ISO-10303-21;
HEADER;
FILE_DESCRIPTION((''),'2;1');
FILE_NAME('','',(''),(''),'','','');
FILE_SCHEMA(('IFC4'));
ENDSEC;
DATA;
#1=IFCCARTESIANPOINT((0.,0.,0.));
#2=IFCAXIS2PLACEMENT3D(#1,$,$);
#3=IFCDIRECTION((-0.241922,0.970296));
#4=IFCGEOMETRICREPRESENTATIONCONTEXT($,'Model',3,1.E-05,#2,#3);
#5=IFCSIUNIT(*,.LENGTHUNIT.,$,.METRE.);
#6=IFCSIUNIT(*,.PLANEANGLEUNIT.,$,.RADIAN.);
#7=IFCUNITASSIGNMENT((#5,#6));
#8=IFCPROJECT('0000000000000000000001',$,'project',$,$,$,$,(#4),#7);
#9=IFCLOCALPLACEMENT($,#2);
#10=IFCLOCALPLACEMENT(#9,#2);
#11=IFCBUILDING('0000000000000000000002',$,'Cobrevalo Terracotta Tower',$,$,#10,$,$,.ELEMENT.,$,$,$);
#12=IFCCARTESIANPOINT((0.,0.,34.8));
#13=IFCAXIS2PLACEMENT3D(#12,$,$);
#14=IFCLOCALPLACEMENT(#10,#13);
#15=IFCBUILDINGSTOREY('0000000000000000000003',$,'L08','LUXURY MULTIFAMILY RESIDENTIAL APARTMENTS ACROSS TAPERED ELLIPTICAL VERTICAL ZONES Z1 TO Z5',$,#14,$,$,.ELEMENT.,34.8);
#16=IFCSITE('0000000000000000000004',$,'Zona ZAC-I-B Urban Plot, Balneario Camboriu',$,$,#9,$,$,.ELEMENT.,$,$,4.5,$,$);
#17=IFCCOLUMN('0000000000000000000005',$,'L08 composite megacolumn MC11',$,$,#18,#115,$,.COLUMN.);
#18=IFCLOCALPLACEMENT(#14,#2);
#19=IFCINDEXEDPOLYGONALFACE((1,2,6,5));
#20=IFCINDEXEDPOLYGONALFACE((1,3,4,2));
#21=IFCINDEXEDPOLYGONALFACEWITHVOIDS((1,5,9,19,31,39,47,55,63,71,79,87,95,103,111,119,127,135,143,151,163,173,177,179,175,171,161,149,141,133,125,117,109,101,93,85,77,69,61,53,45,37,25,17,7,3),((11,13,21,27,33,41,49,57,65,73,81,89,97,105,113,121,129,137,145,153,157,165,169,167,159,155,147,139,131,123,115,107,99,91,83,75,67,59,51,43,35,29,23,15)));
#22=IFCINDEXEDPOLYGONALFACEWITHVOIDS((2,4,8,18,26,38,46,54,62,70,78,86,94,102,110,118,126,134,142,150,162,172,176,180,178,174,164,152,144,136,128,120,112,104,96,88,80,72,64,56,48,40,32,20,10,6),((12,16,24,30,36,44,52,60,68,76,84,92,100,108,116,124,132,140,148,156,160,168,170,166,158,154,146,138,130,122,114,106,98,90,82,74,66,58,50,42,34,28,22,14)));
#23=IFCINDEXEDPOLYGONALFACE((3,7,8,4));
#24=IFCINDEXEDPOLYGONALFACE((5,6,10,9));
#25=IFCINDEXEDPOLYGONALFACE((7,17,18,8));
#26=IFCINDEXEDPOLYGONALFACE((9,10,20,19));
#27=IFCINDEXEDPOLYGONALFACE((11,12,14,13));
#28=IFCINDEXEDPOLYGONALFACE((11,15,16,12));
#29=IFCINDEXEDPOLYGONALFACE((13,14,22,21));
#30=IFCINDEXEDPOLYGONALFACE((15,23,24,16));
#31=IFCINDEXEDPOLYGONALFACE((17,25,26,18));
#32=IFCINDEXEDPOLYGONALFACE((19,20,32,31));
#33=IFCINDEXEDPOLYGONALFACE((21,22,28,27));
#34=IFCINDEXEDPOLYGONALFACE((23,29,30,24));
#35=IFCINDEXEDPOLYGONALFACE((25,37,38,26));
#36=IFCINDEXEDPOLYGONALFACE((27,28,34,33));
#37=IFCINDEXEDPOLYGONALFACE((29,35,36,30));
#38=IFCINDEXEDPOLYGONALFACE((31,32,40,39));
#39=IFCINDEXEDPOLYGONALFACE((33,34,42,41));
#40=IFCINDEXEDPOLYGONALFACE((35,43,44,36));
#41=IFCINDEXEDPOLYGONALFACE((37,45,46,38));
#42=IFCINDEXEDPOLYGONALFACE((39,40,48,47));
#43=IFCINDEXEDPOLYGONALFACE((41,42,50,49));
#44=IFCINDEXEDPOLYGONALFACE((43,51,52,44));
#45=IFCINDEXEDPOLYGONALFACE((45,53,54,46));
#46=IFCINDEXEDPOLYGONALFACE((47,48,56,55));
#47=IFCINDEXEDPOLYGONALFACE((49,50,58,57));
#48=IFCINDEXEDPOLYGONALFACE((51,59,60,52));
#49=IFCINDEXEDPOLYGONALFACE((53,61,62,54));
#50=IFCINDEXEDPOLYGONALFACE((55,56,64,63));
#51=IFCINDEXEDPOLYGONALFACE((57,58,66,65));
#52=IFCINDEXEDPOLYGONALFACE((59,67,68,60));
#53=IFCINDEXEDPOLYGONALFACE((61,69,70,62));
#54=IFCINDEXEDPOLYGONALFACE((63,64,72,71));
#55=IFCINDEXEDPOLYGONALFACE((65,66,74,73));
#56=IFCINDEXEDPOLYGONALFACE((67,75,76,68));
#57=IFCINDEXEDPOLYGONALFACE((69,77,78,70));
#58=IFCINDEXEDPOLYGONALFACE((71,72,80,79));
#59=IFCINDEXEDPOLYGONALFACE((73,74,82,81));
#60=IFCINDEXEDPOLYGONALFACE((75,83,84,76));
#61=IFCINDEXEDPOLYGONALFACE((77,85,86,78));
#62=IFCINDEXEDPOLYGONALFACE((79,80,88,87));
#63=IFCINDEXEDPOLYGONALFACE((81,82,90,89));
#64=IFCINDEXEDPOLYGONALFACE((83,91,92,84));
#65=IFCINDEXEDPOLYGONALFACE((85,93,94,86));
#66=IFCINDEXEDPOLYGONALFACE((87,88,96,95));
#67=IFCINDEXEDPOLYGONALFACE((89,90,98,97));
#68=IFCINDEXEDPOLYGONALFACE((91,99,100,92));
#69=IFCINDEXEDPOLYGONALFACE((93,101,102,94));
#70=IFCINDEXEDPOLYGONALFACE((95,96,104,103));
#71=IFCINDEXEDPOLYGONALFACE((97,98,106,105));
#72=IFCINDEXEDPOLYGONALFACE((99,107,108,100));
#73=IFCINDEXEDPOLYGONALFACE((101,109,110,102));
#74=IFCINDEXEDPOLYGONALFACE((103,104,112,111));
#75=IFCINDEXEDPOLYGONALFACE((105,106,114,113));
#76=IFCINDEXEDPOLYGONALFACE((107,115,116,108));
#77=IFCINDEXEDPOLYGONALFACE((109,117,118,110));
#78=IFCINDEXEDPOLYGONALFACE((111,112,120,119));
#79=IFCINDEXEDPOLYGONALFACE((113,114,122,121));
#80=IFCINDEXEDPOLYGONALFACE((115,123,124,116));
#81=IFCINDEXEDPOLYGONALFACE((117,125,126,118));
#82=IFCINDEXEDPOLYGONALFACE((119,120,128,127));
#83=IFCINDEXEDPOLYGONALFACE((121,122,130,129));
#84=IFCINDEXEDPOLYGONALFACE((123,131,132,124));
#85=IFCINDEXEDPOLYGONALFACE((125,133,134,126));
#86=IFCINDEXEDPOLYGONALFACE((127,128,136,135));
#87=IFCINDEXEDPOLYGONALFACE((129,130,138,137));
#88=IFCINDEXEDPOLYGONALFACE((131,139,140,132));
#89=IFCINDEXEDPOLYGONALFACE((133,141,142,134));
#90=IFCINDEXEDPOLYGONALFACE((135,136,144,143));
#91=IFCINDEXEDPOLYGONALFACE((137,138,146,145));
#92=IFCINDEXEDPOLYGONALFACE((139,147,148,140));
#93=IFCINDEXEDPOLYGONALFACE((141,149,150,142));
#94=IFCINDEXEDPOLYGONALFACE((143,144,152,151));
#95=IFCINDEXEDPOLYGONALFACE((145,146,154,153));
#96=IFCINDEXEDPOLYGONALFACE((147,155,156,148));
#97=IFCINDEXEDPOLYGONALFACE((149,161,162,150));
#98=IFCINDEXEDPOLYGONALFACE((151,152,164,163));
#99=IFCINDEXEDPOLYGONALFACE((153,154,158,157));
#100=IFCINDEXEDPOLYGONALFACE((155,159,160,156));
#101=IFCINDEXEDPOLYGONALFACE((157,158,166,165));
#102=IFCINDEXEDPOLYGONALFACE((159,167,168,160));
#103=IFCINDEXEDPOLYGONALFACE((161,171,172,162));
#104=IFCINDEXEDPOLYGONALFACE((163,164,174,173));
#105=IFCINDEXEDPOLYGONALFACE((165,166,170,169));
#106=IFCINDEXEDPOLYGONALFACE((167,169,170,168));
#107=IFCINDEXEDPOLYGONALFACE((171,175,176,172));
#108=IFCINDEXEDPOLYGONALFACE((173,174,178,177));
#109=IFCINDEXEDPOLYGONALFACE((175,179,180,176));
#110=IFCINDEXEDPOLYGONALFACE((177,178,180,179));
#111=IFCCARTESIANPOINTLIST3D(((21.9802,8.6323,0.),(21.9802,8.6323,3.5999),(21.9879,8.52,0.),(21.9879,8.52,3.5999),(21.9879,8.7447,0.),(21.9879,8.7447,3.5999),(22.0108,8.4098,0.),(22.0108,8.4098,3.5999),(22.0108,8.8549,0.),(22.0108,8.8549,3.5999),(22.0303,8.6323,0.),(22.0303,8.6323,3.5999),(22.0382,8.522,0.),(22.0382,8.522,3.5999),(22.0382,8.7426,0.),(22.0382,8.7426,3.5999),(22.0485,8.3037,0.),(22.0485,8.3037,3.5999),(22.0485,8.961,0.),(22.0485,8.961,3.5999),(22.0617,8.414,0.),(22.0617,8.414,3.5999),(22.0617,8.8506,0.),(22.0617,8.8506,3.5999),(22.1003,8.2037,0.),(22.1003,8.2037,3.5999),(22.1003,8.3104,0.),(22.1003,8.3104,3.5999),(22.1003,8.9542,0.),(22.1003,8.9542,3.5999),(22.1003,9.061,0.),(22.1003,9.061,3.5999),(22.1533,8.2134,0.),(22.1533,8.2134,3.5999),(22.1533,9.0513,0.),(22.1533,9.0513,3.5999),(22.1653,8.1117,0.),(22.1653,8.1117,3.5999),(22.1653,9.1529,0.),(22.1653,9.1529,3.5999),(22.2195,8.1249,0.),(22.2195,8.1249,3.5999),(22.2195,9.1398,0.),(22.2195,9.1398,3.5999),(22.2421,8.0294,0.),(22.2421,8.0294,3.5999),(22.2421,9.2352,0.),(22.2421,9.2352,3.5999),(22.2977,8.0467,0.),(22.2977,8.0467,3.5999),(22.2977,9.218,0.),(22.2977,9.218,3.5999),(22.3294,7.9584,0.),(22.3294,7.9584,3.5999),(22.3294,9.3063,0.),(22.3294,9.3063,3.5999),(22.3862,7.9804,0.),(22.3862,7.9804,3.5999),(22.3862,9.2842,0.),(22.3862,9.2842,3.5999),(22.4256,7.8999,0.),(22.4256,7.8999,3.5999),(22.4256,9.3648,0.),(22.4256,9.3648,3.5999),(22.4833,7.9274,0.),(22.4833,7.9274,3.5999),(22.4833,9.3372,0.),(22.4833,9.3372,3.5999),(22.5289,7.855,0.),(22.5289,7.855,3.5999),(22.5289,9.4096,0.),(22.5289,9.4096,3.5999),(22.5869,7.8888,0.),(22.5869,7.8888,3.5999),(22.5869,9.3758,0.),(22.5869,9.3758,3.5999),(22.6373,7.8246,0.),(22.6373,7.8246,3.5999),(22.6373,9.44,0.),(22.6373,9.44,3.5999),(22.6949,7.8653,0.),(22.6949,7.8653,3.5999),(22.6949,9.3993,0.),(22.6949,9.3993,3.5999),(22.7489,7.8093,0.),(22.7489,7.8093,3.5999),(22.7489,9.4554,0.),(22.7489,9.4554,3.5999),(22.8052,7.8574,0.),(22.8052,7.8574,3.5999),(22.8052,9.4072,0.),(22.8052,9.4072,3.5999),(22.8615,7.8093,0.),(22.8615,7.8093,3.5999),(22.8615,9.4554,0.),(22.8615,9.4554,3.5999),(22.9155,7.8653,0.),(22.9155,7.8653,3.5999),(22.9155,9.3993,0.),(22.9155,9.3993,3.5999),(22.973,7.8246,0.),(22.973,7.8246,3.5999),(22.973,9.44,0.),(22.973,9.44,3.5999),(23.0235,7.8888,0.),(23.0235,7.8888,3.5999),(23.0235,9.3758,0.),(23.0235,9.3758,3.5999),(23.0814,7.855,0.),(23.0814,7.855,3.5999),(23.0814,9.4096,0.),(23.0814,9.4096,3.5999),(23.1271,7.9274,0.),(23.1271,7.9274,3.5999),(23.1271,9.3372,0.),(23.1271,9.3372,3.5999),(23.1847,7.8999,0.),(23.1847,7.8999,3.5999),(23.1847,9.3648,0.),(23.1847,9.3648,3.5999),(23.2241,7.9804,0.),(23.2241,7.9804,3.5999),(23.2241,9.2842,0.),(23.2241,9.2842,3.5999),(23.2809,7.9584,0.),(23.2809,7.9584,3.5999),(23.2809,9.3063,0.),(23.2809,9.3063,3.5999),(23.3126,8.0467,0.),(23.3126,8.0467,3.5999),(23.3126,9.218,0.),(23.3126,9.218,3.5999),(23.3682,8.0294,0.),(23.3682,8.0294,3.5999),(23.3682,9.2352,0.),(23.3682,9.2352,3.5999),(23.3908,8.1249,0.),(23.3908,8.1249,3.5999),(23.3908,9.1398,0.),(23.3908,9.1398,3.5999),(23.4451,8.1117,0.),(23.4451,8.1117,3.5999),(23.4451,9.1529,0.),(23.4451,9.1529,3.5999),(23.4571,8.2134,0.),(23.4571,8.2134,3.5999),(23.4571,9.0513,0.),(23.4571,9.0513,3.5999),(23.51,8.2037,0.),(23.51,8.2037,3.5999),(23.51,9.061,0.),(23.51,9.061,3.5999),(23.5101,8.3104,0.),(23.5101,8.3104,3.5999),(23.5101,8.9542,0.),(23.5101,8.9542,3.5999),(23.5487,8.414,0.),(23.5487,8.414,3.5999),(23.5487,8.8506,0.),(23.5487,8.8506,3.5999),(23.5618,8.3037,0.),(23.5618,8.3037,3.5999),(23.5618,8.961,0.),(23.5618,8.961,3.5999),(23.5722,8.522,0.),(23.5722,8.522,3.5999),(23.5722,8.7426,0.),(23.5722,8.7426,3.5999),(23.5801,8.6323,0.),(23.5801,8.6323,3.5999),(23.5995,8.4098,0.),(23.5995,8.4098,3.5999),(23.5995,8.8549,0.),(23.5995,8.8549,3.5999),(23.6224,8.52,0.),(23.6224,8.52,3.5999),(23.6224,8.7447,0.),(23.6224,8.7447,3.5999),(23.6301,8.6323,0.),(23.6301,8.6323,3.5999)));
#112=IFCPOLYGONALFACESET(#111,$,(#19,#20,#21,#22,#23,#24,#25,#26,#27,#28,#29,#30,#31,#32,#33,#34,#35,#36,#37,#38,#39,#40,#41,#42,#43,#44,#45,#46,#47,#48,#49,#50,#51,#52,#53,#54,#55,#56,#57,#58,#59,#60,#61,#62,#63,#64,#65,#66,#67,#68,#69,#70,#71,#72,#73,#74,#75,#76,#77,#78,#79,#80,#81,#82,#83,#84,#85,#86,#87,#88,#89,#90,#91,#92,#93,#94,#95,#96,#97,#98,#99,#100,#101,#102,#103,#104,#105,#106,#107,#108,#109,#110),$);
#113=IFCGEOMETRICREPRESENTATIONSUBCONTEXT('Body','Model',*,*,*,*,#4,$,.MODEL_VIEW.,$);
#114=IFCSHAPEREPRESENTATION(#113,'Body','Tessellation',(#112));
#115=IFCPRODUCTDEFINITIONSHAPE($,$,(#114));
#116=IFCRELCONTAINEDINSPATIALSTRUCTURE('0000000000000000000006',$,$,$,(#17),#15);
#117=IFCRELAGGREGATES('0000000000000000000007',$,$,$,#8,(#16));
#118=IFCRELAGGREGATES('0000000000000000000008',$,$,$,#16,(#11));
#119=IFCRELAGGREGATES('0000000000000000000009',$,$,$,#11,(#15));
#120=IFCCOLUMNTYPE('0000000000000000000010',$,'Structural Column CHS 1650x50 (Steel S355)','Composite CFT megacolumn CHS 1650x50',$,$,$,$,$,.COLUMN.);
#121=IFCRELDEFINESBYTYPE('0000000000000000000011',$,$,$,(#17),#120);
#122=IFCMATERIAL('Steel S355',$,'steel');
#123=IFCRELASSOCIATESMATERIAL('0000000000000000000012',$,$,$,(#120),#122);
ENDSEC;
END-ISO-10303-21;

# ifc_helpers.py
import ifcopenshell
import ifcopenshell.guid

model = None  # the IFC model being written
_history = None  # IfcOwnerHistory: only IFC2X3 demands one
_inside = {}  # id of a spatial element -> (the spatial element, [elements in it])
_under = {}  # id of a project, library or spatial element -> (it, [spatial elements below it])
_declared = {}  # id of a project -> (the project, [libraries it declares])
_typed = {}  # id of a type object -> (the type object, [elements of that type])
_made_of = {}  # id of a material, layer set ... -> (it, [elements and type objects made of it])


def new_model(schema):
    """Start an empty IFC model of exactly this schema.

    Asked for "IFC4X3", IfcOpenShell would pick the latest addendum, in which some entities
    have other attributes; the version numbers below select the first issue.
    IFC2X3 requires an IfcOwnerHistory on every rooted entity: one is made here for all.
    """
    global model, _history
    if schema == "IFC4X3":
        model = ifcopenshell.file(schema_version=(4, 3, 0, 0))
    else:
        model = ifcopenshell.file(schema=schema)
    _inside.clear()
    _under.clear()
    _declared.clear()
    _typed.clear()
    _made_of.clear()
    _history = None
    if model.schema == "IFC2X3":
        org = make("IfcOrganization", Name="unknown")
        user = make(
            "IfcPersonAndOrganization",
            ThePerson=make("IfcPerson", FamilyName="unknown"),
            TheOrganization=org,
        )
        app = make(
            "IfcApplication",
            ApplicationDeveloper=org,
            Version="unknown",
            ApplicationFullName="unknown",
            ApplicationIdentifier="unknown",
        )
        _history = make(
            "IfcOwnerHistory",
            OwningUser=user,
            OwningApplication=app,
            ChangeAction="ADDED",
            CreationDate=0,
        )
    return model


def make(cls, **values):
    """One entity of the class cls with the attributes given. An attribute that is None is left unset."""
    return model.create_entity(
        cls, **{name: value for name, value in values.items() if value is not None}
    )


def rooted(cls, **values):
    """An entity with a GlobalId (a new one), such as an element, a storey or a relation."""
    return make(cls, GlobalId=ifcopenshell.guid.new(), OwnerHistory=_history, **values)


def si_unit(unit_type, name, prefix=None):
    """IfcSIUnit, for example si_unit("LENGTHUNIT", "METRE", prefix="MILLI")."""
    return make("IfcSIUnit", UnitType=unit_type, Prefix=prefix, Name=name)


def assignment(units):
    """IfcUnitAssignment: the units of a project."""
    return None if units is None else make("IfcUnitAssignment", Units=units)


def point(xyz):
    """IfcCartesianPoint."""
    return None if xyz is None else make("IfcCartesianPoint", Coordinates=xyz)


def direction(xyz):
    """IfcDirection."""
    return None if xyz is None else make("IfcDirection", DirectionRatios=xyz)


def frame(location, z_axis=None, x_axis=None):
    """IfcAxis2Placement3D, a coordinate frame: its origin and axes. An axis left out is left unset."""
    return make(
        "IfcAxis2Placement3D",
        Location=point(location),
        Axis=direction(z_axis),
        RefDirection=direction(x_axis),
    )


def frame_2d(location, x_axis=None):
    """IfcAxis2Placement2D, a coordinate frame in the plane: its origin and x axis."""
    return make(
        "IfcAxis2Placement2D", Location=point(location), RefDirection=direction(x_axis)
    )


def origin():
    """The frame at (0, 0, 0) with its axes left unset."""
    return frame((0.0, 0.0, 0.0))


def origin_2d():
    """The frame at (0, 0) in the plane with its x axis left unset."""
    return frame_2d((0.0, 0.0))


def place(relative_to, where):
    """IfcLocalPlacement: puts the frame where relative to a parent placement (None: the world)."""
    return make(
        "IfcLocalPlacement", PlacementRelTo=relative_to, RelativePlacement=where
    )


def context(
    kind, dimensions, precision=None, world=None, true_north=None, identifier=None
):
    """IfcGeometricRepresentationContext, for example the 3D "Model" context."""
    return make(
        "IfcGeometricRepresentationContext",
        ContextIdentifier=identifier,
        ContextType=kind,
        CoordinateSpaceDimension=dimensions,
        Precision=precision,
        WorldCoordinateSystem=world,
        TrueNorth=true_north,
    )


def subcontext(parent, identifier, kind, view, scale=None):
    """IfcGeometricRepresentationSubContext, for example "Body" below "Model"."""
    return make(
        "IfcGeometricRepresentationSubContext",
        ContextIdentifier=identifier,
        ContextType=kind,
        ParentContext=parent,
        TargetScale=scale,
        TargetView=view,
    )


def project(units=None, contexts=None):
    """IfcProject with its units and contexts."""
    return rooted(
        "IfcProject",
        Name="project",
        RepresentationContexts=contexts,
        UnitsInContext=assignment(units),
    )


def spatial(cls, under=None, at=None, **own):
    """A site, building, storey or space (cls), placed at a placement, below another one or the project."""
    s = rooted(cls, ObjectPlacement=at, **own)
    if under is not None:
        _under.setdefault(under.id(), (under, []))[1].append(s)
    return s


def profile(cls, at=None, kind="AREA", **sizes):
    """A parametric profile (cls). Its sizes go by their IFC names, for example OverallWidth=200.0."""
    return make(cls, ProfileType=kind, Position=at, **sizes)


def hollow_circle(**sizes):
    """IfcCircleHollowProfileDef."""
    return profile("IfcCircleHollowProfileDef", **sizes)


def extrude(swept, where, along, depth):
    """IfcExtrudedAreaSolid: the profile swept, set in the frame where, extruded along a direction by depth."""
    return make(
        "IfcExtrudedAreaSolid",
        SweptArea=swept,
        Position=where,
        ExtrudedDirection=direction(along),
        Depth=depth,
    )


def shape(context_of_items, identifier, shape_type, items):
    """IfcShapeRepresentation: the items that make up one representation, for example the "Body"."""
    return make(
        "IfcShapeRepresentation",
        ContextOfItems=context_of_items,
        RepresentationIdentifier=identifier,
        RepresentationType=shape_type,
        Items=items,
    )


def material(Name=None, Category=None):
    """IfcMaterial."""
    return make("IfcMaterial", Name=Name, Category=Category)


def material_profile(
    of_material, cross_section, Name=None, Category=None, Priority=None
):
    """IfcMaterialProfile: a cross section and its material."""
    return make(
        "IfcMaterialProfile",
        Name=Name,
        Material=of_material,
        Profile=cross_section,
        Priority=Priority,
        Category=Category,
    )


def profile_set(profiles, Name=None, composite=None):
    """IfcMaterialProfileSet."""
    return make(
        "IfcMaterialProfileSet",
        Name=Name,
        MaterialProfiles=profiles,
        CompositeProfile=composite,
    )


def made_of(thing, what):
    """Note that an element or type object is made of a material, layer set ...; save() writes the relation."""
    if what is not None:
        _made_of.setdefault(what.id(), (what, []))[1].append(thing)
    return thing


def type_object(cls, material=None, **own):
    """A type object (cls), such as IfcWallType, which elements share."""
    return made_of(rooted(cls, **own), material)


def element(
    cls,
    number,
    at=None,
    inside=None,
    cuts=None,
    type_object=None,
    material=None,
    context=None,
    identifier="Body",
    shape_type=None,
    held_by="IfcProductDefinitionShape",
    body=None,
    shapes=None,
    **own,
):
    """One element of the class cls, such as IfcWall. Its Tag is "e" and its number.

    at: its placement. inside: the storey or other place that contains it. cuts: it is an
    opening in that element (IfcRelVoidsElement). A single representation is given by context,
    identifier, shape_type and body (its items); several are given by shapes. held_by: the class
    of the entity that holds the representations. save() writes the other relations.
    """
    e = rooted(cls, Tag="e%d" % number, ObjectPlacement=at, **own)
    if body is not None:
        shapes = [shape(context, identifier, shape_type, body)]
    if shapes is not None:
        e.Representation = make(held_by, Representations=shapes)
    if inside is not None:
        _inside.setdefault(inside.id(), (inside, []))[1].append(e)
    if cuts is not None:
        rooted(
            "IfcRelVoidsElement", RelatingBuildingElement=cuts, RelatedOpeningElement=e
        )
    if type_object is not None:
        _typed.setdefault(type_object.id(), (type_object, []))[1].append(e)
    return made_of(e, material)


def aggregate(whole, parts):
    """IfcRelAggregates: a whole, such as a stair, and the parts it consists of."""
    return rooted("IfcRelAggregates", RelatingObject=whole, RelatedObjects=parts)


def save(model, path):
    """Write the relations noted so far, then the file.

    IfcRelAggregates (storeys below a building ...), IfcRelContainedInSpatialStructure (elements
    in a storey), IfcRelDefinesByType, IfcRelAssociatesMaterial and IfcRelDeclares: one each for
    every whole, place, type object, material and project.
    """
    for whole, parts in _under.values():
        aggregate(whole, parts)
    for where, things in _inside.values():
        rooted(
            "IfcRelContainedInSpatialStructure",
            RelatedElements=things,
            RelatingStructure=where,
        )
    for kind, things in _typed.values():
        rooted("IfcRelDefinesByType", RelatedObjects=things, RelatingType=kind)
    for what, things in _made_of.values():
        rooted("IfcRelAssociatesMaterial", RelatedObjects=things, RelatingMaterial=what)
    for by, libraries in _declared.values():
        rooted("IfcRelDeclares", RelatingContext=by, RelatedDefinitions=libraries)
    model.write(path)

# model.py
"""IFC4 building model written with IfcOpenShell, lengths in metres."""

from ifc_helpers import new_model, si_unit, direction, frame, origin, origin_2d, place, context, subcontext, project, spatial, hollow_circle, extrude, material, material_profile, profile_set, type_object, element, save


model = new_model("IFC4")

# Units and contexts
model_context = context("Model", 3, precision=1e-05, world=origin(), true_north=direction((-0.241922, 0.970296)))
body_context = subcontext(model_context, "Body", "Model", "MODEL_VIEW")
ifc_project = project(units=[si_unit("LENGTHUNIT", "METRE"), si_unit("PLANEANGLEUNIT", "RADIAN")], contexts=[model_context])

# Site, building, storey
site_placement = place(None, origin())
site = spatial("IfcSite", under=ifc_project, at=site_placement, Name="Zona ZAC-I-B Urban Plot, Balneario Camboriu", CompositionType="ELEMENT", RefElevation=4.5)
building_placement = place(site_placement, origin())
building = spatial("IfcBuilding", under=site, at=building_placement, Name="Cobrevalo Terracotta Tower", CompositionType="ELEMENT")
storey_placement = place(building_placement, frame((0.0, 0.0, 34.8)))
storey = spatial("IfcBuildingStorey", under=building, at=storey_placement, Name="L08", Description="LUXURY MULTIFAMILY RESIDENTIAL APARTMENTS ACROSS TAPERED ELLIPTICAL VERTICAL ZONES Z1 TO Z5", CompositionType="ELEMENT", Elevation=34.8)

# Column
ifc_material_1 = material(Name="Steel S355", Category="steel")
ifc_material_profile_1 = material_profile(ifc_material_1, hollow_circle(Radius=0.825, WallThickness=0.05, at=origin_2d()), Name="CHS 1650x50")
ifc_profile_set_1 = profile_set([ifc_material_profile_1], Name="Steel S355")
column_type = type_object("IfcColumnType", Name="Structural Column CHS 1650x50 (Steel S355)", Description="Composite CFT megacolumn CHS 1650x50", PredefinedType="COLUMN", material=ifc_profile_set_1)
for number, where, z_axis, x_axis, name in (
    (1, (22.8052, 8.6323, 0.0), (0.0, 0.0, 1.0), (1.0, 0.0, 0.0), "L08 composite megacolumn MC11"),
):
    element("IfcColumn", number, at=place(storey_placement, frame(where, z_axis=z_axis, x_axis=x_axis)), inside=storey, type_object=column_type, Name=name, PredefinedType="COLUMN", context=body_context, shape_type="SweptSolid", body=[
        extrude(hollow_circle(Radius=0.825, WallThickness=0.05, at=origin_2d()), origin(), (0.0, 0.0, 1.0), 3.5999),
    ])

save(model, "model.ifc")
